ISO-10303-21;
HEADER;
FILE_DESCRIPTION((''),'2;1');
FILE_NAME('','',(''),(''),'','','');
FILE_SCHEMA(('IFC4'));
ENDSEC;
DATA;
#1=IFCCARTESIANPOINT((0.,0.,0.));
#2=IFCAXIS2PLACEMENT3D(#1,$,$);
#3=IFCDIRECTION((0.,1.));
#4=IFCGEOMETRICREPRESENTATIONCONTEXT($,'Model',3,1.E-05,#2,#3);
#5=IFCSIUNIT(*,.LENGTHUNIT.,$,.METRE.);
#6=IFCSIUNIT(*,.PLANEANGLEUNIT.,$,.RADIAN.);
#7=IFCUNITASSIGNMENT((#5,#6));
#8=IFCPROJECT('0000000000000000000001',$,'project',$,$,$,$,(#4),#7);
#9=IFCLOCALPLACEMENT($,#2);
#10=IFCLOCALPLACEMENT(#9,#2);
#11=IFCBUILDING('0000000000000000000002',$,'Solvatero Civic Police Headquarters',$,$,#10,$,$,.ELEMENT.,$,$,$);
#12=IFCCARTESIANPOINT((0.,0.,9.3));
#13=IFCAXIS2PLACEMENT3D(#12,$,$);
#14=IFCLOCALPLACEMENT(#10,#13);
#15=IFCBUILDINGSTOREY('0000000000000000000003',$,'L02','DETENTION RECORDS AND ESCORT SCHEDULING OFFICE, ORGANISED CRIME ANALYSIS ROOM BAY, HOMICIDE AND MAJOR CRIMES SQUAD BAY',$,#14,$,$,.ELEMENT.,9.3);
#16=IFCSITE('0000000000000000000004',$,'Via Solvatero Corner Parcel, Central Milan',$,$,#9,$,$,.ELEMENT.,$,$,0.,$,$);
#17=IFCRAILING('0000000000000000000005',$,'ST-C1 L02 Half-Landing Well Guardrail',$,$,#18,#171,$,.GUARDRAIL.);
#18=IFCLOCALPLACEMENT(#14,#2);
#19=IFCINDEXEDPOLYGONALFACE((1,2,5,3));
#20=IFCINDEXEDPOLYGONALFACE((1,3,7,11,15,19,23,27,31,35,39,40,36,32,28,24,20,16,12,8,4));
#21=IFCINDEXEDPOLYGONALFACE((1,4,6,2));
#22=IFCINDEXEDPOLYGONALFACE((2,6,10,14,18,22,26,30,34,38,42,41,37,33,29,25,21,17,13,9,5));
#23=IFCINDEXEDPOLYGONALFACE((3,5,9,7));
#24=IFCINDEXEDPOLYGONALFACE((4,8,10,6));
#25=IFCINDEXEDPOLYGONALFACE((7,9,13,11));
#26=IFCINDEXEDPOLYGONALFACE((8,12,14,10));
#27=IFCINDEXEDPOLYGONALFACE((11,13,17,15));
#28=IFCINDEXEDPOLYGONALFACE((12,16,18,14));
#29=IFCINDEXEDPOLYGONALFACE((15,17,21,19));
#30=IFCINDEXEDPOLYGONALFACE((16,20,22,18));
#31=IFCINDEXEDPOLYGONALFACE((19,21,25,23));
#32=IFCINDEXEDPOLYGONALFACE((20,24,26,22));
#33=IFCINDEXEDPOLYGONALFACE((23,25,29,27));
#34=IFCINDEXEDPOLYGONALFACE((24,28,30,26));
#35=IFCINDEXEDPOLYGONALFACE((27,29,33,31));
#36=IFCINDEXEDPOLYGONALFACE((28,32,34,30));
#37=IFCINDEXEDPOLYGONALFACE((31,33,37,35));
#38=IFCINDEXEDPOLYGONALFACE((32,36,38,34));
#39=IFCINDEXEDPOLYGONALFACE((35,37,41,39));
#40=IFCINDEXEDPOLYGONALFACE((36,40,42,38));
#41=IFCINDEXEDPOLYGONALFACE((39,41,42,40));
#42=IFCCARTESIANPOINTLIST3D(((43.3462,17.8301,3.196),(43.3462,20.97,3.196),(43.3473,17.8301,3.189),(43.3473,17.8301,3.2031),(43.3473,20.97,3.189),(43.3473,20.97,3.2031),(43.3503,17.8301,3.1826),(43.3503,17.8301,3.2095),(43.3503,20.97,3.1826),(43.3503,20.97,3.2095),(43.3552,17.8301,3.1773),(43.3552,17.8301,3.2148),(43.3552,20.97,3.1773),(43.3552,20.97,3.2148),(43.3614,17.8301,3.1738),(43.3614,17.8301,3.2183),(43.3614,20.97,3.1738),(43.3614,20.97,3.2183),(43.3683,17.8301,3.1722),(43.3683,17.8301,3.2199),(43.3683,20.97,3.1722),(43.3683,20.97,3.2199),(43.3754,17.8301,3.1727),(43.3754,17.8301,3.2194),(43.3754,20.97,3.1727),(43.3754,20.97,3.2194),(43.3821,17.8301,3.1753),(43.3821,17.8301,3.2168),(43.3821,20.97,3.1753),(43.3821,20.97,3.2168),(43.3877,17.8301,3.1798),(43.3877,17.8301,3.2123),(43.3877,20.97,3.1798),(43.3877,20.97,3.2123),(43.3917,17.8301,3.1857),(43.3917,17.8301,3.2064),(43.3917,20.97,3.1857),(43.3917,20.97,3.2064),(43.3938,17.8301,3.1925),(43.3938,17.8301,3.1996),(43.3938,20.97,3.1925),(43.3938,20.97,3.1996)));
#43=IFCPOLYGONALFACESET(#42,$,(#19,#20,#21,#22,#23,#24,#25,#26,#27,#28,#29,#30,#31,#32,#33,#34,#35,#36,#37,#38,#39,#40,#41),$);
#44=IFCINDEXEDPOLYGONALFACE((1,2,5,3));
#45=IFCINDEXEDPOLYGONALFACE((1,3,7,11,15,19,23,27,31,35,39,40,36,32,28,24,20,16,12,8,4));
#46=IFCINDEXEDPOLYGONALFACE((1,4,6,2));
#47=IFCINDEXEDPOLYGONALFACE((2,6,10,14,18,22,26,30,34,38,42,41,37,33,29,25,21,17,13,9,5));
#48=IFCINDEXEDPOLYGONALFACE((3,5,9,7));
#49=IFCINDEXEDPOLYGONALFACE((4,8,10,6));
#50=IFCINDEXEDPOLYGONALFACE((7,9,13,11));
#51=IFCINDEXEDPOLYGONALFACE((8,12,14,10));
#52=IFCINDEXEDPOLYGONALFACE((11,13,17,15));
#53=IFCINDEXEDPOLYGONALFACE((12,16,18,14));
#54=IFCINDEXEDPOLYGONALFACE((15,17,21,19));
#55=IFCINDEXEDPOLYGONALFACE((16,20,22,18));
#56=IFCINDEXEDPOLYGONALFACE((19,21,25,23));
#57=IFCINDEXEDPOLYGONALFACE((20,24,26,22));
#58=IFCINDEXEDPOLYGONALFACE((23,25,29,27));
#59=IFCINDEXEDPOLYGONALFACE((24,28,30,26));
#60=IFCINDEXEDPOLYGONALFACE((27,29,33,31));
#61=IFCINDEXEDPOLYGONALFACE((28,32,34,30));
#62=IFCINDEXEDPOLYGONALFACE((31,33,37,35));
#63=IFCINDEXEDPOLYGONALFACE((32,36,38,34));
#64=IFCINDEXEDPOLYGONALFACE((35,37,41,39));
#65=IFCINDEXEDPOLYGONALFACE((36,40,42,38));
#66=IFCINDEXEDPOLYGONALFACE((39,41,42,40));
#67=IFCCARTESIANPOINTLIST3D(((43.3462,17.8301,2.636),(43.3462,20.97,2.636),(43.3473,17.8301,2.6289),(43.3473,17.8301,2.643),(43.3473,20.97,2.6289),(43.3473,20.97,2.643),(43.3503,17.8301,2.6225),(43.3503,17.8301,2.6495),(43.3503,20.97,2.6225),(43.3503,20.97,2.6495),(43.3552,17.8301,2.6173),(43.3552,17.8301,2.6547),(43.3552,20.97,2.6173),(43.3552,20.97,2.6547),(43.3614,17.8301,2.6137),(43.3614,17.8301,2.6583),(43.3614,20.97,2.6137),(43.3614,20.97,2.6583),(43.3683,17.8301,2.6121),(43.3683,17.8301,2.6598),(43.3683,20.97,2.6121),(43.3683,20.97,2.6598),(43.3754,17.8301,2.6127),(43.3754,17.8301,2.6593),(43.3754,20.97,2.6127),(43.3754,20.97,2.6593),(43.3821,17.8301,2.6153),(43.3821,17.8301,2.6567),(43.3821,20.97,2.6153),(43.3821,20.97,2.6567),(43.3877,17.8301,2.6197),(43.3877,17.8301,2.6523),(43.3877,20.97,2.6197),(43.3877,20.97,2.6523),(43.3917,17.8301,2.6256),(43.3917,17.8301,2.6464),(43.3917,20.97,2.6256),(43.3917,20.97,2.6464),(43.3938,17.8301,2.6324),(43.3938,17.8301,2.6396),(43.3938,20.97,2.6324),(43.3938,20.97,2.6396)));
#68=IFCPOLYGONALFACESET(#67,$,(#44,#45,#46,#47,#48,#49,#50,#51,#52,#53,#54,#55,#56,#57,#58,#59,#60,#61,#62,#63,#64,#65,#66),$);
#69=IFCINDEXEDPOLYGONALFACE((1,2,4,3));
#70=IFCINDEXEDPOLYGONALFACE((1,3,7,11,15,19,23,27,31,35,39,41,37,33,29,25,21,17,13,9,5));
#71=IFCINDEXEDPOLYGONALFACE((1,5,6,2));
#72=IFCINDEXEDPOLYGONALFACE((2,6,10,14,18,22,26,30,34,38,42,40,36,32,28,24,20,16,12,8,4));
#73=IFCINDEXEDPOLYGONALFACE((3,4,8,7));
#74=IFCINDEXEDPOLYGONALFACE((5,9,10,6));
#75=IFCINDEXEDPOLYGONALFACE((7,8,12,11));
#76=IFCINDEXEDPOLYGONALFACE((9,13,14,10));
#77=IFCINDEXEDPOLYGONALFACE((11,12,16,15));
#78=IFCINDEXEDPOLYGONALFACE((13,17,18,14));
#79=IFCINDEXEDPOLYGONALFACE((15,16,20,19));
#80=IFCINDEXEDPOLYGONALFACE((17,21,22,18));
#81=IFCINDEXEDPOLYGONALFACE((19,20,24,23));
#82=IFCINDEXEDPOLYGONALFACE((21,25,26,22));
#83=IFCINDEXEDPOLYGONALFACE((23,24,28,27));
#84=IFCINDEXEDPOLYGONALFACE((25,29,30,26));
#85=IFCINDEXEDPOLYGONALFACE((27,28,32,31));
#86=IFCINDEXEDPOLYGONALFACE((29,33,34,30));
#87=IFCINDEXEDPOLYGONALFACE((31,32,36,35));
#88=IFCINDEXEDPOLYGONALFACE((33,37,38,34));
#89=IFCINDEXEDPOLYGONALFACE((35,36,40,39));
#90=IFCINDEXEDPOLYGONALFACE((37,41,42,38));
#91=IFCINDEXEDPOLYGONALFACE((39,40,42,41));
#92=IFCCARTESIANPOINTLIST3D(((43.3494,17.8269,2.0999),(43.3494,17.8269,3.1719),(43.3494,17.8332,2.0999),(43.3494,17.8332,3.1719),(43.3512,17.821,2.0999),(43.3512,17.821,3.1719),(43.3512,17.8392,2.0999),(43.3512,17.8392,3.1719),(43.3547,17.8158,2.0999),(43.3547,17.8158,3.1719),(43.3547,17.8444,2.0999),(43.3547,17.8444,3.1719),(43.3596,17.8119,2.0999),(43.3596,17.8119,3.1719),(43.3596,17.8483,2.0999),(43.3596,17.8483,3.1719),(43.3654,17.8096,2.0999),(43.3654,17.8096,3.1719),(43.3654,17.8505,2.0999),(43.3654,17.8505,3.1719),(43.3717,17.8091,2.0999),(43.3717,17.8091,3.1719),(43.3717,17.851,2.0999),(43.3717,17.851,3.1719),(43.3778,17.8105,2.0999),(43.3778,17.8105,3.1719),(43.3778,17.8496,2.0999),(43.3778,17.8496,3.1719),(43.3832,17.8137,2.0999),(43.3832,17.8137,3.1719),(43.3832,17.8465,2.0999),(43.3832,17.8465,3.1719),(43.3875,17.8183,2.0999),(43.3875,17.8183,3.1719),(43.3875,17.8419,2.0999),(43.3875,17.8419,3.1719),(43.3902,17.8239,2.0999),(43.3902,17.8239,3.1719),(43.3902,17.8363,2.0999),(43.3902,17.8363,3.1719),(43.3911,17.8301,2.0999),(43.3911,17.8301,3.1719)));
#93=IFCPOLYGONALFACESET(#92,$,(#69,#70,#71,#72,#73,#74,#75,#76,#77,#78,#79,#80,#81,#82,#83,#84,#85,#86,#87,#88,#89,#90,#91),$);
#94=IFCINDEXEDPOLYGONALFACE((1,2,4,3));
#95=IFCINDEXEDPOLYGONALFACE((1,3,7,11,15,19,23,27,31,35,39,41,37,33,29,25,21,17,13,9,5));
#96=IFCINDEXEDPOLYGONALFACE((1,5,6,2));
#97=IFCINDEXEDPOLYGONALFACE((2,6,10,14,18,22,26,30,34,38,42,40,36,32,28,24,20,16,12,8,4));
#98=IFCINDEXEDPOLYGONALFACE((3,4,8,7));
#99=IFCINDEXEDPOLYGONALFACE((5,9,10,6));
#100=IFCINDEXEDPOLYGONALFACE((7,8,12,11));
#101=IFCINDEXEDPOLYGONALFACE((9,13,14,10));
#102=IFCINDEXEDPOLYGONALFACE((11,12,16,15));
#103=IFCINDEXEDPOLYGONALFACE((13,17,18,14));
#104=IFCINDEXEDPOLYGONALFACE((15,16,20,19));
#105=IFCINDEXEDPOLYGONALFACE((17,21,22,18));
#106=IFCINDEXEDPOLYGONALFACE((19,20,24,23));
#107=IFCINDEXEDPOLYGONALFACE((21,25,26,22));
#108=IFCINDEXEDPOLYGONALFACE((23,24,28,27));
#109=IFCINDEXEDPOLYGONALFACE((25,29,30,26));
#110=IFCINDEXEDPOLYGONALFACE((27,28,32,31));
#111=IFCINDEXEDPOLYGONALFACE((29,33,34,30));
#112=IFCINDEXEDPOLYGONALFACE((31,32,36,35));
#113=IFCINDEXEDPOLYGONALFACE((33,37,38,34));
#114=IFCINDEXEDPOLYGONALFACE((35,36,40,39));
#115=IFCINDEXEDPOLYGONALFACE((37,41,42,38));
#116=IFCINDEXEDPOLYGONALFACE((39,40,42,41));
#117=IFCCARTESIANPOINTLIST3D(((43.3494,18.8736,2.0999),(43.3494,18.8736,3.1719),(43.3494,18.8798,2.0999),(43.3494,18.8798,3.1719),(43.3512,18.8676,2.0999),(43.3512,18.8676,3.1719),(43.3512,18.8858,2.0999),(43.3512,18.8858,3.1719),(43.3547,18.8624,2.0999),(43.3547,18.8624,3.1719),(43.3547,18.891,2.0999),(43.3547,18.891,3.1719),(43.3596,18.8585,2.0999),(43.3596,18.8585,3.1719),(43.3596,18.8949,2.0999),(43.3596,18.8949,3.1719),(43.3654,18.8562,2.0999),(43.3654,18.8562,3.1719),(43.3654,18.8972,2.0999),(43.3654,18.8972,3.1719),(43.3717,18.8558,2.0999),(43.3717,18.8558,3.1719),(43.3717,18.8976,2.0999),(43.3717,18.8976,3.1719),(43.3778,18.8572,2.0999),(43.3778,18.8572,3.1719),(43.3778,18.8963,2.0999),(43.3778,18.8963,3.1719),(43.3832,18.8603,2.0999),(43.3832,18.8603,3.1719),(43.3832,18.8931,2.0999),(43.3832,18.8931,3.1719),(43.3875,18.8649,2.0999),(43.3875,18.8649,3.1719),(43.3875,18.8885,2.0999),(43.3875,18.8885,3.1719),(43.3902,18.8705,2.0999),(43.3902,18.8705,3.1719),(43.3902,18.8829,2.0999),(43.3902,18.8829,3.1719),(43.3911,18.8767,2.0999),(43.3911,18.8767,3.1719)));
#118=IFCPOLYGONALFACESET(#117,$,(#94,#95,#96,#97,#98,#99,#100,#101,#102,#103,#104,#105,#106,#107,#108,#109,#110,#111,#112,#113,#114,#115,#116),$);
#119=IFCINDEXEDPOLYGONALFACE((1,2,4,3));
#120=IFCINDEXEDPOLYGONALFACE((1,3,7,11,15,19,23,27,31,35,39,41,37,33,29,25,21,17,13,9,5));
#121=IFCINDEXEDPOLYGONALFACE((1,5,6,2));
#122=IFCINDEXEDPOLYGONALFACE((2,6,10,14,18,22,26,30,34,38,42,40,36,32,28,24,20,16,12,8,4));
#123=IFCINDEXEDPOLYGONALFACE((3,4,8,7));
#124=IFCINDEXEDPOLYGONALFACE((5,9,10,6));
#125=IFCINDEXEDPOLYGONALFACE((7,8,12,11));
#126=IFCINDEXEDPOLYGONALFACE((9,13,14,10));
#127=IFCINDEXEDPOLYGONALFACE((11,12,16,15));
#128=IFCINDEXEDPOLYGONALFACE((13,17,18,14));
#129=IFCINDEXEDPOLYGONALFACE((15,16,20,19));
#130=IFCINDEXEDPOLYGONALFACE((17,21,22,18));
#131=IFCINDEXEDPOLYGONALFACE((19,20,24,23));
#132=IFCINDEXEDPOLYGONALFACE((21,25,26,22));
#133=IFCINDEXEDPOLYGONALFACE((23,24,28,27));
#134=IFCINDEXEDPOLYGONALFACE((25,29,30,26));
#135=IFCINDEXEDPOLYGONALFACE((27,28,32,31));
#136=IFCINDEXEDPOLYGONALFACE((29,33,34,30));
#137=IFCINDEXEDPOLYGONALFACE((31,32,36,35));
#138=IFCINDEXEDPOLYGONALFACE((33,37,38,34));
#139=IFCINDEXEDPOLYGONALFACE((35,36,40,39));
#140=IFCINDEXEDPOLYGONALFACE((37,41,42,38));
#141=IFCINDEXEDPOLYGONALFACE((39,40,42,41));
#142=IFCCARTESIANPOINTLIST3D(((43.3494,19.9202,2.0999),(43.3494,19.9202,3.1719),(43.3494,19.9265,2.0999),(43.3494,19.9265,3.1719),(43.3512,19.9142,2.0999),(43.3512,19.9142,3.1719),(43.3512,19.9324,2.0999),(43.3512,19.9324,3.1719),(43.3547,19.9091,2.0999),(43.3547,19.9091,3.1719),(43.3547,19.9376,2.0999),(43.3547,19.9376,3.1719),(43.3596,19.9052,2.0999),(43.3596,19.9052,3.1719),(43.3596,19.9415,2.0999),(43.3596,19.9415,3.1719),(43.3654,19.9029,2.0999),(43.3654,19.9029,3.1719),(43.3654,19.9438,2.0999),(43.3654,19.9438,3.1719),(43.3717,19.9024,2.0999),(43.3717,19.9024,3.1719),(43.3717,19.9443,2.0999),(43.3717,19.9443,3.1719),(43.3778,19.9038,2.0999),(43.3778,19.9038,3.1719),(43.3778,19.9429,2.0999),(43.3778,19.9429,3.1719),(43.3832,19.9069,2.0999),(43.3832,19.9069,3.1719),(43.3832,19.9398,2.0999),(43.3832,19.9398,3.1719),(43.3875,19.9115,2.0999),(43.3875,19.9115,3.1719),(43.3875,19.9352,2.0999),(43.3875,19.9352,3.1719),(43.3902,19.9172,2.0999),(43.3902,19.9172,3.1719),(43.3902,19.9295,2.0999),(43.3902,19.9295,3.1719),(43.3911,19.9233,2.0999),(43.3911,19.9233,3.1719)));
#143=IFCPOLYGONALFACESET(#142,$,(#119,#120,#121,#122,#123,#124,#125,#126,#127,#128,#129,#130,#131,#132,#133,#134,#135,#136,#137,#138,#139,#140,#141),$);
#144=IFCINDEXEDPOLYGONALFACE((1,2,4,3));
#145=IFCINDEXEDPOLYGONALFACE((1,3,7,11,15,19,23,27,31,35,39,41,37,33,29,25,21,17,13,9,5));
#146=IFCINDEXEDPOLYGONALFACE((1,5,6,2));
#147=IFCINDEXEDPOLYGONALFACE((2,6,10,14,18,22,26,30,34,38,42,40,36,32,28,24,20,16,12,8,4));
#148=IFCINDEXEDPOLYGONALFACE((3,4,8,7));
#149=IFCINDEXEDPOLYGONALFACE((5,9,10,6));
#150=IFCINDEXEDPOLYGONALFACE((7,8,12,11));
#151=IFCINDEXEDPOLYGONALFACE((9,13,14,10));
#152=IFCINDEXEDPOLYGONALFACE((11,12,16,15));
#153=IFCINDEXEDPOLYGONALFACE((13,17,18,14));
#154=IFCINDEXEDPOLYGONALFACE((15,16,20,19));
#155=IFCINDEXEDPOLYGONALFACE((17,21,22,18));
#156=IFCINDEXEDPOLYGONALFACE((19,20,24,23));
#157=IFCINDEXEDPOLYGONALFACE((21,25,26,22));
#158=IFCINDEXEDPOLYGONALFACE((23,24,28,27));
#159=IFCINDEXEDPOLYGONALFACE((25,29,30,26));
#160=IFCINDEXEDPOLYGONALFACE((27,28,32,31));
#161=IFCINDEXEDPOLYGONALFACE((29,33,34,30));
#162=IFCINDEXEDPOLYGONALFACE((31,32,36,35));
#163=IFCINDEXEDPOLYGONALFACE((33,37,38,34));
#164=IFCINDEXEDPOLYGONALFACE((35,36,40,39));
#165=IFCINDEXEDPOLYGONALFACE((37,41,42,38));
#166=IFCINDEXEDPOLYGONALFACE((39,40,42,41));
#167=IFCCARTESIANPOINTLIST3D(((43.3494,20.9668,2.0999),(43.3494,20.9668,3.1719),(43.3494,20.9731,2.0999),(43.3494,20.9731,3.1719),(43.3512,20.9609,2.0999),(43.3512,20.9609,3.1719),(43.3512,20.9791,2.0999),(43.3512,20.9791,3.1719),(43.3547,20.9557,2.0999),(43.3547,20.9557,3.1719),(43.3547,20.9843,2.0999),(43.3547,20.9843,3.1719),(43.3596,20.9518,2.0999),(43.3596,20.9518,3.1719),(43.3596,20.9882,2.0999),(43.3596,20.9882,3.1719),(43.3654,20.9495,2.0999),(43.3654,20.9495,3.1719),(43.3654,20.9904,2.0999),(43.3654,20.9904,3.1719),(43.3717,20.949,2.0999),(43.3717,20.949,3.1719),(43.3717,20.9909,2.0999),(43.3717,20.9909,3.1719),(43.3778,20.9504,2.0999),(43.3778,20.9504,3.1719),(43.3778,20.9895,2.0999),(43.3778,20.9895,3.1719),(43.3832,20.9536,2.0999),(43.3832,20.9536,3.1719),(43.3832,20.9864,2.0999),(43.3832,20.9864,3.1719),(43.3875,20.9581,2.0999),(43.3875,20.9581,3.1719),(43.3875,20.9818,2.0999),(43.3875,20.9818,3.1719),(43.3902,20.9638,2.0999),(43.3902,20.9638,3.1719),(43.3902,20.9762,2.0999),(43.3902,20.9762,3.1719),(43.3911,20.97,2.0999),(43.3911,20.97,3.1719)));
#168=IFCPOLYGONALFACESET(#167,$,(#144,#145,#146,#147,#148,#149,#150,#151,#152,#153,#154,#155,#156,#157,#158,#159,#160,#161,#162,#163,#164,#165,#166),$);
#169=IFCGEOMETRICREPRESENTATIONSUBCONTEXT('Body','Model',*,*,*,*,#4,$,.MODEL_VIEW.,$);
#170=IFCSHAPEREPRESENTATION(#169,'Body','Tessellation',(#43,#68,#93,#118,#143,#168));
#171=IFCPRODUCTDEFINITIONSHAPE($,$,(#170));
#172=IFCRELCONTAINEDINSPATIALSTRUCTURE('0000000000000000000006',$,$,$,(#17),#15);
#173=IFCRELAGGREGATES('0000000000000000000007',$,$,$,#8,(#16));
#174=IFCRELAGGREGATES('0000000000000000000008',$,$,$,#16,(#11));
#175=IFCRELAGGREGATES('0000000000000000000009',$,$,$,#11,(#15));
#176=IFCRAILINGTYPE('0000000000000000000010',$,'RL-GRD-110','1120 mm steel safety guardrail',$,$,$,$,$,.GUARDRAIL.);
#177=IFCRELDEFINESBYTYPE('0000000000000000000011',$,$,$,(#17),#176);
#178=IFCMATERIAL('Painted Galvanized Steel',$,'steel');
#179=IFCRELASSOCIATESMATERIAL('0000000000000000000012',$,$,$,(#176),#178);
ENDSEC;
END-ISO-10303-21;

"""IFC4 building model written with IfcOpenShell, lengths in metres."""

from ifc_helpers import new_model, si_unit, direction, frame, origin, origin_2d, place, context, subcontext, project, spatial, circle, extrude, material, type_object, element, save


model = new_model("IFC4")

# Units and contexts
model_context = context("Model", 3, precision=1e-05, world=origin(), true_north=direction((0.0, 1.0)))
body_context = subcontext(model_context, "Body", "Model", "MODEL_VIEW")
ifc_project = project(units=[si_unit("LENGTHUNIT", "METRE"), si_unit("PLANEANGLEUNIT", "RADIAN")], contexts=[model_context])

# Site, building, storey
site_placement = place(None, origin())
site = spatial("IfcSite", under=ifc_project, at=site_placement, Name="Via Solvatero Corner Parcel, Central Milan", CompositionType="ELEMENT", RefElevation=0.0)
building_placement = place(site_placement, origin())
building = spatial("IfcBuilding", under=site, at=building_placement, Name="Solvatero Civic Police Headquarters", CompositionType="ELEMENT")
storey_placement = place(building_placement, frame((0.0, 0.0, 9.3)))
storey = spatial("IfcBuildingStorey", under=building, at=storey_placement, Name="L02", Description="DETENTION RECORDS AND ESCORT SCHEDULING OFFICE, ORGANISED CRIME ANALYSIS ROOM BAY, HOMICIDE AND MAJOR CRIMES SQUAD BAY", CompositionType="ELEMENT", Elevation=9.3)

# Railing
ifc_material_1 = material(Name="Painted Galvanized Steel", Category="steel")
railing_type_1 = type_object("IfcRailingType", Name="RL-GRD-110", Description="1120 mm steel safety guardrail", PredefinedType="GUARDRAIL", material=ifc_material_1)
railing_1_placement = place(storey_placement, frame((43.3701, 17.8301, 2.0999)))
element("IfcRailing", 1, at=railing_1_placement, inside=storey, type_object=railing_type_1, Name="ST-C1 L02 Half-Landing Well Guardrail", PredefinedType="GUARDRAIL", context=body_context, shape_type="SweptSolid", body=[
    extrude(circle(Radius=0.0239, at=origin_2d()), frame((0.0, 0.0, 1.0962), z_axis=(0.0, 1.0, 0.0), x_axis=(-1.0, 0.0, 0.0)), (0.0, 0.0, 1.0), 3.1399),
    extrude(circle(Radius=0.0239, at=origin_2d()), frame((0.0, 0.0, 0.5361), z_axis=(0.0, 1.0, 0.0), x_axis=(-1.0, 0.0, 0.0)), (0.0, 0.0, 1.0), 3.1399),
    extrude(circle(Radius=0.021, at=origin_2d()), origin(), (0.0, 0.0, 1.0), 1.072),
    extrude(circle(Radius=0.021, at=origin_2d()), frame((0.0, 1.0466, 0.0)), (0.0, 0.0, 1.0), 1.072),
    extrude(circle(Radius=0.021, at=origin_2d()), frame((0.0, 2.0933, 0.0)), (0.0, 0.0, 1.0), 1.072),
    extrude(circle(Radius=0.021, at=origin_2d()), frame((0.0, 3.1399, 0.0)), (0.0, 0.0, 1.0), 1.072),
])

save(model, "model.ifc")
